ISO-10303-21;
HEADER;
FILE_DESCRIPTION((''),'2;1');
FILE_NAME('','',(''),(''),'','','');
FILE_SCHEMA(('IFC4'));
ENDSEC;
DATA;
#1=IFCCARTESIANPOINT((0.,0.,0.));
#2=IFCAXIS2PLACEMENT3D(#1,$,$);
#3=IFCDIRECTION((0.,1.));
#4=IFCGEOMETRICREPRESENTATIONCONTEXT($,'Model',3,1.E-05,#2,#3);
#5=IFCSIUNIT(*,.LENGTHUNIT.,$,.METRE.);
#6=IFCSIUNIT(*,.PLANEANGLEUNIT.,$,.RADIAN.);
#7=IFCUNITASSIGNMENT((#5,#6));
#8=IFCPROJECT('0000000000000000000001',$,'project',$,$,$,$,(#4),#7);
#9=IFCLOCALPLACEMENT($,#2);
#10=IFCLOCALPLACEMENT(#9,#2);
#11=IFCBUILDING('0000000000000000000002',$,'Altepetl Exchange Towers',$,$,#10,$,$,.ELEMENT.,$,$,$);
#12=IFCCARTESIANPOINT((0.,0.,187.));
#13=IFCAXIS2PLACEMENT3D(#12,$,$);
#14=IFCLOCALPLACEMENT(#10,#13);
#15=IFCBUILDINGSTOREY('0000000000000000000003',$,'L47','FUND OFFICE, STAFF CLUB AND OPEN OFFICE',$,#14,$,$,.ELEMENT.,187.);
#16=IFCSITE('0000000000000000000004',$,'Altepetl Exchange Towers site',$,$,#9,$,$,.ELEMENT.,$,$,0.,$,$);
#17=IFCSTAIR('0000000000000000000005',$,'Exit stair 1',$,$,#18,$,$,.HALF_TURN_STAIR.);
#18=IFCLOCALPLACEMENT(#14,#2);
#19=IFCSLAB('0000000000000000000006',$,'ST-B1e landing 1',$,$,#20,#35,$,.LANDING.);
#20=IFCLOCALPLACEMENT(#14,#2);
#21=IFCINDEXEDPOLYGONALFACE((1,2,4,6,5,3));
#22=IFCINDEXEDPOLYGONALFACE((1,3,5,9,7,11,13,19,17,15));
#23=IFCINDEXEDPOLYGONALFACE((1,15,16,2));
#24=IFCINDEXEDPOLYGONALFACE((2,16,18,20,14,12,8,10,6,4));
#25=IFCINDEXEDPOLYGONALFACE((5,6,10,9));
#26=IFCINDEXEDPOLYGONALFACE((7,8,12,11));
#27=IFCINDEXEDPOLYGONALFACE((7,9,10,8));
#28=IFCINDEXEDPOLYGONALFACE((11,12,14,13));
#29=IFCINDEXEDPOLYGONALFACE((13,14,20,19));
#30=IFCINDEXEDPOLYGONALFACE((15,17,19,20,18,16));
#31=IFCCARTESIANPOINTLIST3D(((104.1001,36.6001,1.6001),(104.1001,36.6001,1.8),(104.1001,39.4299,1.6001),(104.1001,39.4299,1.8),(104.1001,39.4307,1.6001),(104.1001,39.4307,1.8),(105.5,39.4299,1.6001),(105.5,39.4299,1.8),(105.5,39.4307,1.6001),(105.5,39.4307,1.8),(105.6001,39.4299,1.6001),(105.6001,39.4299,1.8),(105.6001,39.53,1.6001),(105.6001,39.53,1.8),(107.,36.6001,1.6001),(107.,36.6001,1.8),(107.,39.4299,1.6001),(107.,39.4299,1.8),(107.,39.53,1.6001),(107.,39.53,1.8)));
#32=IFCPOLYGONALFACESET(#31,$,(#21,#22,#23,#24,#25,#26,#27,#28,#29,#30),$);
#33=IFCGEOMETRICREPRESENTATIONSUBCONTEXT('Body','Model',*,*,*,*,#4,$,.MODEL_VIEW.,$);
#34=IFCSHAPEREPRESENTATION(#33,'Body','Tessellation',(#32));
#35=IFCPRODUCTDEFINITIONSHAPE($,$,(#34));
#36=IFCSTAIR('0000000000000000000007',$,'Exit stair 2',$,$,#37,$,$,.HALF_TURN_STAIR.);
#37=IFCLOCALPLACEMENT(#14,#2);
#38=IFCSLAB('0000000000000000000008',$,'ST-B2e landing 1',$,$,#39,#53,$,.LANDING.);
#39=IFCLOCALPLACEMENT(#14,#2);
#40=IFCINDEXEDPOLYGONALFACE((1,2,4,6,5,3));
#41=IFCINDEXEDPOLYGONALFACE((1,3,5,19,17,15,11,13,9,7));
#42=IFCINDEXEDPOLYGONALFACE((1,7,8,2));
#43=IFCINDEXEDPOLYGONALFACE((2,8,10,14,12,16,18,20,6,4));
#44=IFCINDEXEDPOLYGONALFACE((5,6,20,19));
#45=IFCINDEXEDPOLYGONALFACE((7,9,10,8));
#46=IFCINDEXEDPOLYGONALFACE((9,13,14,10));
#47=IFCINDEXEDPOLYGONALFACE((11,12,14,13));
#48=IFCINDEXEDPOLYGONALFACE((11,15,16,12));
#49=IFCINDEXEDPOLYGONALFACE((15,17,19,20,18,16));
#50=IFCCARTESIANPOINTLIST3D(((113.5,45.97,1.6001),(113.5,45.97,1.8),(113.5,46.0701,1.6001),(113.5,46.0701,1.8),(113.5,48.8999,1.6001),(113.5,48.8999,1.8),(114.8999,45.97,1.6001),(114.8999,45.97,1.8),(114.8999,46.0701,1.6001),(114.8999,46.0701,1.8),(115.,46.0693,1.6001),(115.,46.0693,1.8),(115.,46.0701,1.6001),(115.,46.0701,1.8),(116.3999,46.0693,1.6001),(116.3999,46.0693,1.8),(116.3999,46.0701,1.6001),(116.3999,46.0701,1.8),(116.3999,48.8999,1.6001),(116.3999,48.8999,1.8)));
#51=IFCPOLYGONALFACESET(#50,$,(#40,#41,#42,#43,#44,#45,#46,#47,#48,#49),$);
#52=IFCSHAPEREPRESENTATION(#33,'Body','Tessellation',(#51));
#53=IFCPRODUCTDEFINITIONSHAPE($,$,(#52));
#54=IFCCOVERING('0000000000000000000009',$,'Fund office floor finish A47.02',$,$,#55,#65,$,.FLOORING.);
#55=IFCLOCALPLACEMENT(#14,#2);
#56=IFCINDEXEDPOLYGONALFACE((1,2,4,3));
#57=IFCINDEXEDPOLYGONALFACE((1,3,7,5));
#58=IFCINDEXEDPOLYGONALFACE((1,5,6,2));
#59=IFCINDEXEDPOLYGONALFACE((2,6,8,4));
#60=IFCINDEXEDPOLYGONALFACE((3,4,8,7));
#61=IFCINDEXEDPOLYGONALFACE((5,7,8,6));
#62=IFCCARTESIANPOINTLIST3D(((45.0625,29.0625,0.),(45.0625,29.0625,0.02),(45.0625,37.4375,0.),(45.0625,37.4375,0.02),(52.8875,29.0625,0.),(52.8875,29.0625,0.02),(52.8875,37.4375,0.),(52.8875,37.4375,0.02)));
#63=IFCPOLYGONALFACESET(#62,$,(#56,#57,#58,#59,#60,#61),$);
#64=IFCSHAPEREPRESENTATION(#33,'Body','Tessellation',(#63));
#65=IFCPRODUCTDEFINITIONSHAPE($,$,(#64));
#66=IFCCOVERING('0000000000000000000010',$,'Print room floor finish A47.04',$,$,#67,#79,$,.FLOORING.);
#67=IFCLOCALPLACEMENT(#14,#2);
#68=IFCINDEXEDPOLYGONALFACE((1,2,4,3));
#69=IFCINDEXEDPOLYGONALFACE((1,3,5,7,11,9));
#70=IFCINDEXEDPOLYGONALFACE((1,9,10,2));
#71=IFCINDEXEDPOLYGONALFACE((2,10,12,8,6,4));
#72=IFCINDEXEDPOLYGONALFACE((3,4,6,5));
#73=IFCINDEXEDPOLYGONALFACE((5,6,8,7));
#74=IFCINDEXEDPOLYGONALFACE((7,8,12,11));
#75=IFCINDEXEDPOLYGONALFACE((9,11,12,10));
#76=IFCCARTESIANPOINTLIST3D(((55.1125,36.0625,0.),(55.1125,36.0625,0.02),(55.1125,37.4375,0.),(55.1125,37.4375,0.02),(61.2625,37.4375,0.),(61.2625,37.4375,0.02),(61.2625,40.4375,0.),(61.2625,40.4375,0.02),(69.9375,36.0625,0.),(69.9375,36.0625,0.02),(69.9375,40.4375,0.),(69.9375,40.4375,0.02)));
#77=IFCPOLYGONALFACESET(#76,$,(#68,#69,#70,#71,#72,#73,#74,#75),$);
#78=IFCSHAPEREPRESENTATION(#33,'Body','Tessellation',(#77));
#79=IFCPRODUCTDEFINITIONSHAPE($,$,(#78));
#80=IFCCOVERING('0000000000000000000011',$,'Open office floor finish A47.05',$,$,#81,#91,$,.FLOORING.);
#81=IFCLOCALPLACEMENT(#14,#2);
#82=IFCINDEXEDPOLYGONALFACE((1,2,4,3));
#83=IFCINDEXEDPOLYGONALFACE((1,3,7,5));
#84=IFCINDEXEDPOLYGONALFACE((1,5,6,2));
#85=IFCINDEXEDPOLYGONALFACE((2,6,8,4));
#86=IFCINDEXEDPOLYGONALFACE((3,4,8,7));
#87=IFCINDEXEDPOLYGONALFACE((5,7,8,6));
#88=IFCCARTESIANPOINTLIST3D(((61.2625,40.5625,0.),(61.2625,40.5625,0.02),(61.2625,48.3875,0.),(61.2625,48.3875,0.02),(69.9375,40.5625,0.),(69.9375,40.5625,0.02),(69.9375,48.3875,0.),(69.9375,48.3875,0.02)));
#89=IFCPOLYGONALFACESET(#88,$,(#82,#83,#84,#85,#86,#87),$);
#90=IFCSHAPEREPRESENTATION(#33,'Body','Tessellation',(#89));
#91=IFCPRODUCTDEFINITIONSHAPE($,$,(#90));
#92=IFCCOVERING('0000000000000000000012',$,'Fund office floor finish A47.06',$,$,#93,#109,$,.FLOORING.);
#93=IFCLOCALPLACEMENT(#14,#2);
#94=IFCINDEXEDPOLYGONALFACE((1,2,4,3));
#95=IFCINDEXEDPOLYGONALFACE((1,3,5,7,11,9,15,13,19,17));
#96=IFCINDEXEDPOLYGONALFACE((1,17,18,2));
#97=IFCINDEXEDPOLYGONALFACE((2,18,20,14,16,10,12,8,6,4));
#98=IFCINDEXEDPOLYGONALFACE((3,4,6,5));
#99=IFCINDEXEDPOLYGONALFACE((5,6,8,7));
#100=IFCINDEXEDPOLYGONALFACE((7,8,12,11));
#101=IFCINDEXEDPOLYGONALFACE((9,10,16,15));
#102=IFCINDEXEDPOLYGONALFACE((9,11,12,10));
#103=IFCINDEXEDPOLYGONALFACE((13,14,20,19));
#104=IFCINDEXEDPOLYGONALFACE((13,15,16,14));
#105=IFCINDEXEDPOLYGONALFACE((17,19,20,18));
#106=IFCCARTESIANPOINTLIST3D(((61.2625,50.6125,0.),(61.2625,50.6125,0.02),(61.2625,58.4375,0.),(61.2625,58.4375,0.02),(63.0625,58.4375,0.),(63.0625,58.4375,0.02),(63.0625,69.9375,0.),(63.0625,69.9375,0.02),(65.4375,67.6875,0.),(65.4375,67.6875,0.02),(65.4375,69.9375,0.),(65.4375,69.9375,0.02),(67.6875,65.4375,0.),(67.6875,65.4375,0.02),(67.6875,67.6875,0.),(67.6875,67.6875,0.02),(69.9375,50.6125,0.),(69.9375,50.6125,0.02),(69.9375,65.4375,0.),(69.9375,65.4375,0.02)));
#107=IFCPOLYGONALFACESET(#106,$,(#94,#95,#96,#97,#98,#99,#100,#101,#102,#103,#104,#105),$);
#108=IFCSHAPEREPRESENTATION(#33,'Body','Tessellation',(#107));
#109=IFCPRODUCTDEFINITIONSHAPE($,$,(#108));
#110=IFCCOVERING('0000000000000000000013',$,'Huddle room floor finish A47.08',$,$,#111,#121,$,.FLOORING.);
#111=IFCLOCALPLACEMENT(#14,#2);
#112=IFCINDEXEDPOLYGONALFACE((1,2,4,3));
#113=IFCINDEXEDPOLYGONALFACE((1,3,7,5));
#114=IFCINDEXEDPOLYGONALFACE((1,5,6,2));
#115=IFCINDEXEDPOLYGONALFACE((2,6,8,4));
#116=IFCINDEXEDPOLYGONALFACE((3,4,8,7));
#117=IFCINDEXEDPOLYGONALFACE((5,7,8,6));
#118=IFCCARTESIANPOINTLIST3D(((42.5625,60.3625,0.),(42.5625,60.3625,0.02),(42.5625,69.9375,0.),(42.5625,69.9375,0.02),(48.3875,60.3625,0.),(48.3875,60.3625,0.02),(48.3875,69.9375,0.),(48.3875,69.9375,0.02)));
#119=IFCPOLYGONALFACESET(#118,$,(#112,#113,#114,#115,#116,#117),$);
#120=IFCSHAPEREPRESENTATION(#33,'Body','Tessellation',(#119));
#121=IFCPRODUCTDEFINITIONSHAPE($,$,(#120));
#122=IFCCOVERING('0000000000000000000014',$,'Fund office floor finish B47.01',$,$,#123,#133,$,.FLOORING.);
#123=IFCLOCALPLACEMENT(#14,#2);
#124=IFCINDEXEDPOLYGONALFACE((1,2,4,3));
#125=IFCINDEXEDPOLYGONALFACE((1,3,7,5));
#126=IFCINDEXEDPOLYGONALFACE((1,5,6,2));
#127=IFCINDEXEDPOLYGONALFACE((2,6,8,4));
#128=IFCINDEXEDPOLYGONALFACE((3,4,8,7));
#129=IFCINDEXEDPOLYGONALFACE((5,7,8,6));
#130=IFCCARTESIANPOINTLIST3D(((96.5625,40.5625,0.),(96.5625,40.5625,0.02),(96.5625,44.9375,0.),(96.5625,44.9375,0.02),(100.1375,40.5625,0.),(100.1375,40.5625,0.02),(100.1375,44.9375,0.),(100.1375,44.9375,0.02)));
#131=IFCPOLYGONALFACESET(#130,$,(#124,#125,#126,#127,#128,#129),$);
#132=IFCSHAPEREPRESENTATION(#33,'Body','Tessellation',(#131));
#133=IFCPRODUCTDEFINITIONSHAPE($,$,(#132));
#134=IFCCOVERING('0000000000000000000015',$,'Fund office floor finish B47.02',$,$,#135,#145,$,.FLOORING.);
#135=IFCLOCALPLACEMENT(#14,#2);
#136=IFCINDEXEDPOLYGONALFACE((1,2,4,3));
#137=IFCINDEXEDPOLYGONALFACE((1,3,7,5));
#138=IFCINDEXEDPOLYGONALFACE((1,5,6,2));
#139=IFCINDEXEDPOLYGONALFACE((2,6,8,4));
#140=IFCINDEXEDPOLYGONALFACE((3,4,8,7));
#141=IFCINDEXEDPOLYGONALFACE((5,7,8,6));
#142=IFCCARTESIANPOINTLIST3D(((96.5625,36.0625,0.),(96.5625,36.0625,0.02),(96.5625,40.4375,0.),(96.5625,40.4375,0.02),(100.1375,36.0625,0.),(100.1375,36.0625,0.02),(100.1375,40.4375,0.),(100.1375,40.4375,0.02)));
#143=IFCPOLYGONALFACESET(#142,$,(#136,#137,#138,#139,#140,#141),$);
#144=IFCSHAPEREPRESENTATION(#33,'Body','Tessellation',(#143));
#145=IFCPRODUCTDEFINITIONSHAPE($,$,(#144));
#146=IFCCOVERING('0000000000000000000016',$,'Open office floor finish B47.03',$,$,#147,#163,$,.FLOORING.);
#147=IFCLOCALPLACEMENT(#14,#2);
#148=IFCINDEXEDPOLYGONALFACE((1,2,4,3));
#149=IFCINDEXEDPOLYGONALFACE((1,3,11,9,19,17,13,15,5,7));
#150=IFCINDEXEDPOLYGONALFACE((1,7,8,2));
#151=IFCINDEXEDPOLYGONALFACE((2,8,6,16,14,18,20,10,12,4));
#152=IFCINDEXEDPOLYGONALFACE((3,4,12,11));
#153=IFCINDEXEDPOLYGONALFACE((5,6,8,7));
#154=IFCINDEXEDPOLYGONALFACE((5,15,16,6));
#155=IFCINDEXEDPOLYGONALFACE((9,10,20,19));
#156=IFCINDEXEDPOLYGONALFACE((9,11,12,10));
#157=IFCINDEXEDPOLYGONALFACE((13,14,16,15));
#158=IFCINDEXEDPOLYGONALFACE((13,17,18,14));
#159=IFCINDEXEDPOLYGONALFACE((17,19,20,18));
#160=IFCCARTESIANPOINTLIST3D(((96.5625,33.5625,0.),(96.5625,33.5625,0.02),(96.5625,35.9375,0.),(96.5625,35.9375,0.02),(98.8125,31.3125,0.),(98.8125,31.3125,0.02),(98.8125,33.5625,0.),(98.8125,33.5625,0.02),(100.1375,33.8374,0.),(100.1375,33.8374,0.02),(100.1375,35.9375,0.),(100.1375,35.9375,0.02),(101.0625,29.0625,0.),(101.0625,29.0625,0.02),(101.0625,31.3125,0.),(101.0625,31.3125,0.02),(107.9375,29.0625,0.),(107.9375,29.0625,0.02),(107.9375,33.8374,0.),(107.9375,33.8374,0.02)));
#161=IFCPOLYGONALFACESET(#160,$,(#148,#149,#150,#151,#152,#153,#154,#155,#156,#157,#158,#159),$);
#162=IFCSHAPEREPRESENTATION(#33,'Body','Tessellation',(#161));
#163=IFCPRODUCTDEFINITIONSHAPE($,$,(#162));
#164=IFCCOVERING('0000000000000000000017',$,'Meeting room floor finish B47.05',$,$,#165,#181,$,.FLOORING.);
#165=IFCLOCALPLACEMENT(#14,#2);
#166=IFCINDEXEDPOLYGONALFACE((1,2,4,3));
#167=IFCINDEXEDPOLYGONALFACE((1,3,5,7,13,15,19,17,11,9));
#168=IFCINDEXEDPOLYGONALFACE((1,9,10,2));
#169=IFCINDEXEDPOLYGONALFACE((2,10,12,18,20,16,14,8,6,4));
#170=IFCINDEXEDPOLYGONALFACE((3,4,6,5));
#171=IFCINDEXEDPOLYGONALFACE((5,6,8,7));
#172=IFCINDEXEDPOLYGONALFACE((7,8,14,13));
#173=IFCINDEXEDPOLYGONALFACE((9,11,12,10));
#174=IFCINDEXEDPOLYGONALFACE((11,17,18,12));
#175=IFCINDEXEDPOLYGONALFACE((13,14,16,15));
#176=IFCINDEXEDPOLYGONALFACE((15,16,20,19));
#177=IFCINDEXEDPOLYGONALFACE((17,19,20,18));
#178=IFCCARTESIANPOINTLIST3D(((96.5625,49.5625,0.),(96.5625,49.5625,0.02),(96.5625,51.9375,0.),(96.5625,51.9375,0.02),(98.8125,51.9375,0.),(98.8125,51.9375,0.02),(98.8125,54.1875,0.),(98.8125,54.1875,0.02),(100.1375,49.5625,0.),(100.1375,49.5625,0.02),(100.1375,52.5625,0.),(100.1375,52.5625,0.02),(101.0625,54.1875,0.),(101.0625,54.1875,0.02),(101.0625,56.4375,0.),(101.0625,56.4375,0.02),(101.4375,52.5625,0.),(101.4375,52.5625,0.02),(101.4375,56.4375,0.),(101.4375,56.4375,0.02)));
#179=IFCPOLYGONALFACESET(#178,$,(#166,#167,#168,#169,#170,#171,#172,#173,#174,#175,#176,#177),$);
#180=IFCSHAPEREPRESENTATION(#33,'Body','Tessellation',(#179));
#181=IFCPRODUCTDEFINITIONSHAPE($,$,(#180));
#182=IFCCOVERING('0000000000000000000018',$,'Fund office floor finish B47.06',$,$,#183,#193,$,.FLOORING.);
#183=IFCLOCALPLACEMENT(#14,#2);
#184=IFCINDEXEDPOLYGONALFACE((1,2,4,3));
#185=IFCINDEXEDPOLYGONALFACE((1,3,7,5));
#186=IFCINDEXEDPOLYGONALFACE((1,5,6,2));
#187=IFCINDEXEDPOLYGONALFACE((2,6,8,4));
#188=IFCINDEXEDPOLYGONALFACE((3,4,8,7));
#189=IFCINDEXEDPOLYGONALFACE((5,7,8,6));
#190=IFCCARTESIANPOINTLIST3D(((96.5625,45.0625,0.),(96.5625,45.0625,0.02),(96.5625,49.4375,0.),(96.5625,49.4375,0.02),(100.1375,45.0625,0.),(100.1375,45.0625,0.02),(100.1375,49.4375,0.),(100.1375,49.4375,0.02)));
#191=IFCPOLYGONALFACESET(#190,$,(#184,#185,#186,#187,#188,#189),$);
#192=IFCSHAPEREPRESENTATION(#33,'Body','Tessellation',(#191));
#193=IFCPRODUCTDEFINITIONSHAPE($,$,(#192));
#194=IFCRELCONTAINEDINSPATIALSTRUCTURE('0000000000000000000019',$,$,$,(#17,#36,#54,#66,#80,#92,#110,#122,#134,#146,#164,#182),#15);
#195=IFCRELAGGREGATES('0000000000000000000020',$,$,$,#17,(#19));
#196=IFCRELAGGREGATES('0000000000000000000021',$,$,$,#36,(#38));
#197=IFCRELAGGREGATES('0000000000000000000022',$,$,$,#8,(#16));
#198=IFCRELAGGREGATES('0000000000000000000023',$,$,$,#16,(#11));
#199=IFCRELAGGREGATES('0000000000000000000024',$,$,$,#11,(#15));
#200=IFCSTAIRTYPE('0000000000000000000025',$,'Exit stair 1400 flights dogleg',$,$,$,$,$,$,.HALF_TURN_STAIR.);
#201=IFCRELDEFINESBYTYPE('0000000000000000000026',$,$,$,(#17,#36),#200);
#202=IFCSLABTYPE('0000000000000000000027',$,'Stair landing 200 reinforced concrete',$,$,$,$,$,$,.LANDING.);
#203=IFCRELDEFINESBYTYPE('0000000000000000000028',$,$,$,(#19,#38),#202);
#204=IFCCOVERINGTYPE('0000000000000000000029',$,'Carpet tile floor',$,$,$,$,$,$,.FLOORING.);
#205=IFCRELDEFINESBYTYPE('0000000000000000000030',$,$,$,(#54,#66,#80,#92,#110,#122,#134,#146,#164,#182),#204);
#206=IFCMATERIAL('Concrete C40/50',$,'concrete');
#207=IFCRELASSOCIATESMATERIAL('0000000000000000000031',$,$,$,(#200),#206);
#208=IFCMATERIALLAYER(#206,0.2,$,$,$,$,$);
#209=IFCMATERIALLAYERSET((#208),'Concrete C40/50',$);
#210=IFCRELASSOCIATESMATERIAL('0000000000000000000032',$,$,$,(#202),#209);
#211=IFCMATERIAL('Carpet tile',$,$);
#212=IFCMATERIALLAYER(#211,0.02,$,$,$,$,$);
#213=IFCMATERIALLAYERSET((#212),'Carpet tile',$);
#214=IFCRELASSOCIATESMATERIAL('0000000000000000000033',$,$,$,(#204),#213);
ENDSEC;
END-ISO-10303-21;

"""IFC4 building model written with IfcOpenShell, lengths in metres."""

from ifc_helpers import new_model, si_unit, direction, frame, origin, place, context, subcontext, project, spatial, polyline, outline, extrude, material, layer, layer_set, type_object, element, aggregate, save


model = new_model("IFC4")

# Units and contexts
model_context = context("Model", 3, precision=1e-05, world=origin(), true_north=direction((0.0, 1.0)))
body_context = subcontext(model_context, "Body", "Model", "MODEL_VIEW")
ifc_project = project(units=[si_unit("LENGTHUNIT", "METRE"), si_unit("PLANEANGLEUNIT", "RADIAN")], contexts=[model_context])

# Site, building, storey
site_placement = place(None, origin())
site = spatial("IfcSite", under=ifc_project, at=site_placement, Name="Altepetl Exchange Towers site", CompositionType="ELEMENT", RefElevation=0.0)
building_placement = place(site_placement, origin())
building = spatial("IfcBuilding", under=site, at=building_placement, Name="Altepetl Exchange Towers", CompositionType="ELEMENT")
storey_placement = place(building_placement, frame((0.0, 0.0, 187.0)))
storey = spatial("IfcBuildingStorey", under=building, at=storey_placement, Name="L47", Description="FUND OFFICE, STAFF CLUB AND OPEN OFFICE", CompositionType="ELEMENT", Elevation=187.0)

# Shared definitions
ifc_material_1 = material(Name="Concrete C40/50", Category="concrete")

# Stairs, slabs
stair_type = type_object("IfcStairType", Name="Exit stair 1400 flights dogleg", PredefinedType="HALF_TURN_STAIR", material=ifc_material_1)
ifc_layer_1 = layer(ifc_material_1, 0.2)
ifc_layer_set_1 = layer_set([ifc_layer_1], Name="Concrete C40/50")
slab_type_1 = type_object("IfcSlabType", Name="Stair landing 200 reinforced concrete", PredefinedType="LANDING", material=ifc_layer_set_1)
stair_1_placement = place(storey_placement, origin())
stair_1 = element("IfcStair", 1, at=stair_1_placement, inside=storey, type_object=stair_type, Name="Exit stair 1", PredefinedType="HALF_TURN_STAIR")
slab_1_placement = place(storey_placement, frame((0.0, 0.0, 1.6001)))
slab_1 = element("IfcSlab", 2, at=slab_1_placement, type_object=slab_type_1, Name="ST-B1e landing 1", PredefinedType="LANDING", context=body_context, shape_type="SweptSolid", body=[
    extrude(outline(polyline([(107.0, 36.6001), (104.1001, 36.6001), (104.1001, 39.4299), (104.1001, 39.4307), (105.5, 39.4307), (105.5, 39.4299), (105.6001, 39.4299), (105.6001, 39.53), (107.0, 39.53), (107.0, 39.4299), (107.0, 36.6001)])), origin(), (0.0, 0.0, 1.0), 0.2),
])
aggregate(stair_1, [slab_1])
stair_2_placement = place(storey_placement, origin())
stair_2 = element("IfcStair", 3, at=stair_2_placement, inside=storey, type_object=stair_type, Name="Exit stair 2", PredefinedType="HALF_TURN_STAIR")
slab_2_placement = place(storey_placement, frame((0.0, 0.0, 1.6001)))
slab_2 = element("IfcSlab", 4, at=slab_2_placement, type_object=slab_type_1, Name="ST-B2e landing 1", PredefinedType="LANDING", context=body_context, shape_type="SweptSolid", body=[
    extrude(outline(polyline([(114.8999, 45.97), (113.5, 45.97), (113.5, 46.0701), (113.5, 48.8999), (116.3999, 48.8999), (116.3999, 46.0701), (116.3999, 46.0693), (115.0, 46.0693), (115.0, 46.0701), (114.8999, 46.0701), (114.8999, 45.97)])), origin(), (0.0, 0.0, 1.0), 0.2),
])
aggregate(stair_2, [slab_2])

# Coverings
ifc_material_2 = material(Name="Carpet tile")
ifc_layer_2 = layer(ifc_material_2, 0.02)
ifc_layer_set_2 = layer_set([ifc_layer_2], Name="Carpet tile")
covering_type_1 = type_object("IfcCoveringType", Name="Carpet tile floor", PredefinedType="FLOORING", material=ifc_layer_set_2)
covering_1_placement = place(storey_placement, origin())
element("IfcCovering", 5, at=covering_1_placement, inside=storey, type_object=covering_type_1, Name="Fund office floor finish A47.02", PredefinedType="FLOORING", context=body_context, shape_type="SweptSolid", body=[
    extrude(outline(polyline([(45.0625, 37.4375), (45.0625, 29.0625), (52.8875, 29.0625), (52.8875, 37.4375), (45.0625, 37.4375)])), origin(), (0.0, 0.0, 1.0), 0.02),
])
covering_2_placement = place(storey_placement, origin())
element("IfcCovering", 6, at=covering_2_placement, inside=storey, type_object=covering_type_1, Name="Print room floor finish A47.04", PredefinedType="FLOORING", context=body_context, shape_type="SweptSolid", body=[
    extrude(outline(polyline([(55.1125, 36.0625), (69.9375, 36.0625), (69.9375, 40.4375), (61.2625, 40.4375), (61.2625, 37.4375), (55.1125, 37.4375), (55.1125, 36.0625)])), origin(), (0.0, 0.0, 1.0), 0.02),
])
covering_3_placement = place(storey_placement, origin())
element("IfcCovering", 7, at=covering_3_placement, inside=storey, type_object=covering_type_1, Name="Open office floor finish A47.05", PredefinedType="FLOORING", context=body_context, shape_type="SweptSolid", body=[
    extrude(outline(polyline([(61.2625, 40.5625), (69.9375, 40.5625), (69.9375, 48.3875), (61.2625, 48.3875), (61.2625, 40.5625)])), origin(), (0.0, 0.0, 1.0), 0.02),
])
covering_4_placement = place(storey_placement, origin())
element("IfcCovering", 8, at=covering_4_placement, inside=storey, type_object=covering_type_1, Name="Fund office floor finish A47.06", PredefinedType="FLOORING", context=body_context, shape_type="SweptSolid", body=[
    extrude(outline(polyline([(61.2625, 50.6125), (69.9375, 50.6125), (69.9375, 65.4375), (67.6875, 65.4375), (67.6875, 67.6875), (65.4375, 67.6875), (65.4375, 69.9375), (63.0625, 69.9375), (63.0625, 58.4375), (61.2625, 58.4375), (61.2625, 50.6125)])), origin(), (0.0, 0.0, 1.0), 0.02),
])
covering_5_placement = place(storey_placement, origin())
element("IfcCovering", 9, at=covering_5_placement, inside=storey, type_object=covering_type_1, Name="Huddle room floor finish A47.08", PredefinedType="FLOORING", context=body_context, shape_type="SweptSolid", body=[
    extrude(outline(polyline([(42.5625, 60.3625), (48.3875, 60.3625), (48.3875, 69.9375), (42.5625, 69.9375), (42.5625, 60.3625)])), origin(), (0.0, 0.0, 1.0), 0.02),
])
covering_6_placement = place(storey_placement, origin())
element("IfcCovering", 10, at=covering_6_placement, inside=storey, type_object=covering_type_1, Name="Fund office floor finish B47.01", PredefinedType="FLOORING", context=body_context, shape_type="SweptSolid", body=[
    extrude(outline(polyline([(96.5625, 40.5625), (100.1375, 40.5625), (100.1375, 44.9375), (96.5625, 44.9375), (96.5625, 40.5625)])), origin(), (0.0, 0.0, 1.0), 0.02),
])
covering_7_placement = place(storey_placement, origin())
element("IfcCovering", 11, at=covering_7_placement, inside=storey, type_object=covering_type_1, Name="Fund office floor finish B47.02", PredefinedType="FLOORING", context=body_context, shape_type="SweptSolid", body=[
    extrude(outline(polyline([(96.5625, 36.0625), (100.1375, 36.0625), (100.1375, 40.4375), (96.5625, 40.4375), (96.5625, 36.0625)])), origin(), (0.0, 0.0, 1.0), 0.02),
])
covering_8_placement = place(storey_placement, origin())
element("IfcCovering", 12, at=covering_8_placement, inside=storey, type_object=covering_type_1, Name="Open office floor finish B47.03", PredefinedType="FLOORING", context=body_context, shape_type="SweptSolid", body=[
    extrude(outline(polyline([(98.8125, 33.5625), (98.8125, 31.3125), (101.0625, 31.3125), (101.0625, 29.0625), (107.9375, 29.0625), (107.9375, 33.8374), (100.1375, 33.8374), (100.1375, 35.9375), (96.5625, 35.9375), (96.5625, 33.5625), (98.8125, 33.5625)])), origin(), (0.0, 0.0, 1.0), 0.02),
])
covering_9_placement = place(storey_placement, origin())
element("IfcCovering", 13, at=covering_9_placement, inside=storey, type_object=covering_type_1, Name="Meeting room floor finish B47.05", PredefinedType="FLOORING", context=body_context, shape_type="SweptSolid", body=[
    extrude(outline(polyline([(96.5625, 49.5625), (100.1375, 49.5625), (100.1375, 52.5625), (101.4375, 52.5625), (101.4375, 56.4375), (101.0625, 56.4375), (101.0625, 54.1875), (98.8125, 54.1875), (98.8125, 51.9375), (96.5625, 51.9375), (96.5625, 49.5625)])), origin(), (0.0, 0.0, 1.0), 0.02),
])
covering_10_placement = place(storey_placement, origin())
element("IfcCovering", 14, at=covering_10_placement, inside=storey, type_object=covering_type_1, Name="Fund office floor finish B47.06", PredefinedType="FLOORING", context=body_context, shape_type="SweptSolid", body=[
    extrude(outline(polyline([(96.5625, 45.0625), (100.1375, 45.0625), (100.1375, 49.4375), (96.5625, 49.4375), (96.5625, 45.0625)])), origin(), (0.0, 0.0, 1.0), 0.02),
])

save(model, "model.ifc")
